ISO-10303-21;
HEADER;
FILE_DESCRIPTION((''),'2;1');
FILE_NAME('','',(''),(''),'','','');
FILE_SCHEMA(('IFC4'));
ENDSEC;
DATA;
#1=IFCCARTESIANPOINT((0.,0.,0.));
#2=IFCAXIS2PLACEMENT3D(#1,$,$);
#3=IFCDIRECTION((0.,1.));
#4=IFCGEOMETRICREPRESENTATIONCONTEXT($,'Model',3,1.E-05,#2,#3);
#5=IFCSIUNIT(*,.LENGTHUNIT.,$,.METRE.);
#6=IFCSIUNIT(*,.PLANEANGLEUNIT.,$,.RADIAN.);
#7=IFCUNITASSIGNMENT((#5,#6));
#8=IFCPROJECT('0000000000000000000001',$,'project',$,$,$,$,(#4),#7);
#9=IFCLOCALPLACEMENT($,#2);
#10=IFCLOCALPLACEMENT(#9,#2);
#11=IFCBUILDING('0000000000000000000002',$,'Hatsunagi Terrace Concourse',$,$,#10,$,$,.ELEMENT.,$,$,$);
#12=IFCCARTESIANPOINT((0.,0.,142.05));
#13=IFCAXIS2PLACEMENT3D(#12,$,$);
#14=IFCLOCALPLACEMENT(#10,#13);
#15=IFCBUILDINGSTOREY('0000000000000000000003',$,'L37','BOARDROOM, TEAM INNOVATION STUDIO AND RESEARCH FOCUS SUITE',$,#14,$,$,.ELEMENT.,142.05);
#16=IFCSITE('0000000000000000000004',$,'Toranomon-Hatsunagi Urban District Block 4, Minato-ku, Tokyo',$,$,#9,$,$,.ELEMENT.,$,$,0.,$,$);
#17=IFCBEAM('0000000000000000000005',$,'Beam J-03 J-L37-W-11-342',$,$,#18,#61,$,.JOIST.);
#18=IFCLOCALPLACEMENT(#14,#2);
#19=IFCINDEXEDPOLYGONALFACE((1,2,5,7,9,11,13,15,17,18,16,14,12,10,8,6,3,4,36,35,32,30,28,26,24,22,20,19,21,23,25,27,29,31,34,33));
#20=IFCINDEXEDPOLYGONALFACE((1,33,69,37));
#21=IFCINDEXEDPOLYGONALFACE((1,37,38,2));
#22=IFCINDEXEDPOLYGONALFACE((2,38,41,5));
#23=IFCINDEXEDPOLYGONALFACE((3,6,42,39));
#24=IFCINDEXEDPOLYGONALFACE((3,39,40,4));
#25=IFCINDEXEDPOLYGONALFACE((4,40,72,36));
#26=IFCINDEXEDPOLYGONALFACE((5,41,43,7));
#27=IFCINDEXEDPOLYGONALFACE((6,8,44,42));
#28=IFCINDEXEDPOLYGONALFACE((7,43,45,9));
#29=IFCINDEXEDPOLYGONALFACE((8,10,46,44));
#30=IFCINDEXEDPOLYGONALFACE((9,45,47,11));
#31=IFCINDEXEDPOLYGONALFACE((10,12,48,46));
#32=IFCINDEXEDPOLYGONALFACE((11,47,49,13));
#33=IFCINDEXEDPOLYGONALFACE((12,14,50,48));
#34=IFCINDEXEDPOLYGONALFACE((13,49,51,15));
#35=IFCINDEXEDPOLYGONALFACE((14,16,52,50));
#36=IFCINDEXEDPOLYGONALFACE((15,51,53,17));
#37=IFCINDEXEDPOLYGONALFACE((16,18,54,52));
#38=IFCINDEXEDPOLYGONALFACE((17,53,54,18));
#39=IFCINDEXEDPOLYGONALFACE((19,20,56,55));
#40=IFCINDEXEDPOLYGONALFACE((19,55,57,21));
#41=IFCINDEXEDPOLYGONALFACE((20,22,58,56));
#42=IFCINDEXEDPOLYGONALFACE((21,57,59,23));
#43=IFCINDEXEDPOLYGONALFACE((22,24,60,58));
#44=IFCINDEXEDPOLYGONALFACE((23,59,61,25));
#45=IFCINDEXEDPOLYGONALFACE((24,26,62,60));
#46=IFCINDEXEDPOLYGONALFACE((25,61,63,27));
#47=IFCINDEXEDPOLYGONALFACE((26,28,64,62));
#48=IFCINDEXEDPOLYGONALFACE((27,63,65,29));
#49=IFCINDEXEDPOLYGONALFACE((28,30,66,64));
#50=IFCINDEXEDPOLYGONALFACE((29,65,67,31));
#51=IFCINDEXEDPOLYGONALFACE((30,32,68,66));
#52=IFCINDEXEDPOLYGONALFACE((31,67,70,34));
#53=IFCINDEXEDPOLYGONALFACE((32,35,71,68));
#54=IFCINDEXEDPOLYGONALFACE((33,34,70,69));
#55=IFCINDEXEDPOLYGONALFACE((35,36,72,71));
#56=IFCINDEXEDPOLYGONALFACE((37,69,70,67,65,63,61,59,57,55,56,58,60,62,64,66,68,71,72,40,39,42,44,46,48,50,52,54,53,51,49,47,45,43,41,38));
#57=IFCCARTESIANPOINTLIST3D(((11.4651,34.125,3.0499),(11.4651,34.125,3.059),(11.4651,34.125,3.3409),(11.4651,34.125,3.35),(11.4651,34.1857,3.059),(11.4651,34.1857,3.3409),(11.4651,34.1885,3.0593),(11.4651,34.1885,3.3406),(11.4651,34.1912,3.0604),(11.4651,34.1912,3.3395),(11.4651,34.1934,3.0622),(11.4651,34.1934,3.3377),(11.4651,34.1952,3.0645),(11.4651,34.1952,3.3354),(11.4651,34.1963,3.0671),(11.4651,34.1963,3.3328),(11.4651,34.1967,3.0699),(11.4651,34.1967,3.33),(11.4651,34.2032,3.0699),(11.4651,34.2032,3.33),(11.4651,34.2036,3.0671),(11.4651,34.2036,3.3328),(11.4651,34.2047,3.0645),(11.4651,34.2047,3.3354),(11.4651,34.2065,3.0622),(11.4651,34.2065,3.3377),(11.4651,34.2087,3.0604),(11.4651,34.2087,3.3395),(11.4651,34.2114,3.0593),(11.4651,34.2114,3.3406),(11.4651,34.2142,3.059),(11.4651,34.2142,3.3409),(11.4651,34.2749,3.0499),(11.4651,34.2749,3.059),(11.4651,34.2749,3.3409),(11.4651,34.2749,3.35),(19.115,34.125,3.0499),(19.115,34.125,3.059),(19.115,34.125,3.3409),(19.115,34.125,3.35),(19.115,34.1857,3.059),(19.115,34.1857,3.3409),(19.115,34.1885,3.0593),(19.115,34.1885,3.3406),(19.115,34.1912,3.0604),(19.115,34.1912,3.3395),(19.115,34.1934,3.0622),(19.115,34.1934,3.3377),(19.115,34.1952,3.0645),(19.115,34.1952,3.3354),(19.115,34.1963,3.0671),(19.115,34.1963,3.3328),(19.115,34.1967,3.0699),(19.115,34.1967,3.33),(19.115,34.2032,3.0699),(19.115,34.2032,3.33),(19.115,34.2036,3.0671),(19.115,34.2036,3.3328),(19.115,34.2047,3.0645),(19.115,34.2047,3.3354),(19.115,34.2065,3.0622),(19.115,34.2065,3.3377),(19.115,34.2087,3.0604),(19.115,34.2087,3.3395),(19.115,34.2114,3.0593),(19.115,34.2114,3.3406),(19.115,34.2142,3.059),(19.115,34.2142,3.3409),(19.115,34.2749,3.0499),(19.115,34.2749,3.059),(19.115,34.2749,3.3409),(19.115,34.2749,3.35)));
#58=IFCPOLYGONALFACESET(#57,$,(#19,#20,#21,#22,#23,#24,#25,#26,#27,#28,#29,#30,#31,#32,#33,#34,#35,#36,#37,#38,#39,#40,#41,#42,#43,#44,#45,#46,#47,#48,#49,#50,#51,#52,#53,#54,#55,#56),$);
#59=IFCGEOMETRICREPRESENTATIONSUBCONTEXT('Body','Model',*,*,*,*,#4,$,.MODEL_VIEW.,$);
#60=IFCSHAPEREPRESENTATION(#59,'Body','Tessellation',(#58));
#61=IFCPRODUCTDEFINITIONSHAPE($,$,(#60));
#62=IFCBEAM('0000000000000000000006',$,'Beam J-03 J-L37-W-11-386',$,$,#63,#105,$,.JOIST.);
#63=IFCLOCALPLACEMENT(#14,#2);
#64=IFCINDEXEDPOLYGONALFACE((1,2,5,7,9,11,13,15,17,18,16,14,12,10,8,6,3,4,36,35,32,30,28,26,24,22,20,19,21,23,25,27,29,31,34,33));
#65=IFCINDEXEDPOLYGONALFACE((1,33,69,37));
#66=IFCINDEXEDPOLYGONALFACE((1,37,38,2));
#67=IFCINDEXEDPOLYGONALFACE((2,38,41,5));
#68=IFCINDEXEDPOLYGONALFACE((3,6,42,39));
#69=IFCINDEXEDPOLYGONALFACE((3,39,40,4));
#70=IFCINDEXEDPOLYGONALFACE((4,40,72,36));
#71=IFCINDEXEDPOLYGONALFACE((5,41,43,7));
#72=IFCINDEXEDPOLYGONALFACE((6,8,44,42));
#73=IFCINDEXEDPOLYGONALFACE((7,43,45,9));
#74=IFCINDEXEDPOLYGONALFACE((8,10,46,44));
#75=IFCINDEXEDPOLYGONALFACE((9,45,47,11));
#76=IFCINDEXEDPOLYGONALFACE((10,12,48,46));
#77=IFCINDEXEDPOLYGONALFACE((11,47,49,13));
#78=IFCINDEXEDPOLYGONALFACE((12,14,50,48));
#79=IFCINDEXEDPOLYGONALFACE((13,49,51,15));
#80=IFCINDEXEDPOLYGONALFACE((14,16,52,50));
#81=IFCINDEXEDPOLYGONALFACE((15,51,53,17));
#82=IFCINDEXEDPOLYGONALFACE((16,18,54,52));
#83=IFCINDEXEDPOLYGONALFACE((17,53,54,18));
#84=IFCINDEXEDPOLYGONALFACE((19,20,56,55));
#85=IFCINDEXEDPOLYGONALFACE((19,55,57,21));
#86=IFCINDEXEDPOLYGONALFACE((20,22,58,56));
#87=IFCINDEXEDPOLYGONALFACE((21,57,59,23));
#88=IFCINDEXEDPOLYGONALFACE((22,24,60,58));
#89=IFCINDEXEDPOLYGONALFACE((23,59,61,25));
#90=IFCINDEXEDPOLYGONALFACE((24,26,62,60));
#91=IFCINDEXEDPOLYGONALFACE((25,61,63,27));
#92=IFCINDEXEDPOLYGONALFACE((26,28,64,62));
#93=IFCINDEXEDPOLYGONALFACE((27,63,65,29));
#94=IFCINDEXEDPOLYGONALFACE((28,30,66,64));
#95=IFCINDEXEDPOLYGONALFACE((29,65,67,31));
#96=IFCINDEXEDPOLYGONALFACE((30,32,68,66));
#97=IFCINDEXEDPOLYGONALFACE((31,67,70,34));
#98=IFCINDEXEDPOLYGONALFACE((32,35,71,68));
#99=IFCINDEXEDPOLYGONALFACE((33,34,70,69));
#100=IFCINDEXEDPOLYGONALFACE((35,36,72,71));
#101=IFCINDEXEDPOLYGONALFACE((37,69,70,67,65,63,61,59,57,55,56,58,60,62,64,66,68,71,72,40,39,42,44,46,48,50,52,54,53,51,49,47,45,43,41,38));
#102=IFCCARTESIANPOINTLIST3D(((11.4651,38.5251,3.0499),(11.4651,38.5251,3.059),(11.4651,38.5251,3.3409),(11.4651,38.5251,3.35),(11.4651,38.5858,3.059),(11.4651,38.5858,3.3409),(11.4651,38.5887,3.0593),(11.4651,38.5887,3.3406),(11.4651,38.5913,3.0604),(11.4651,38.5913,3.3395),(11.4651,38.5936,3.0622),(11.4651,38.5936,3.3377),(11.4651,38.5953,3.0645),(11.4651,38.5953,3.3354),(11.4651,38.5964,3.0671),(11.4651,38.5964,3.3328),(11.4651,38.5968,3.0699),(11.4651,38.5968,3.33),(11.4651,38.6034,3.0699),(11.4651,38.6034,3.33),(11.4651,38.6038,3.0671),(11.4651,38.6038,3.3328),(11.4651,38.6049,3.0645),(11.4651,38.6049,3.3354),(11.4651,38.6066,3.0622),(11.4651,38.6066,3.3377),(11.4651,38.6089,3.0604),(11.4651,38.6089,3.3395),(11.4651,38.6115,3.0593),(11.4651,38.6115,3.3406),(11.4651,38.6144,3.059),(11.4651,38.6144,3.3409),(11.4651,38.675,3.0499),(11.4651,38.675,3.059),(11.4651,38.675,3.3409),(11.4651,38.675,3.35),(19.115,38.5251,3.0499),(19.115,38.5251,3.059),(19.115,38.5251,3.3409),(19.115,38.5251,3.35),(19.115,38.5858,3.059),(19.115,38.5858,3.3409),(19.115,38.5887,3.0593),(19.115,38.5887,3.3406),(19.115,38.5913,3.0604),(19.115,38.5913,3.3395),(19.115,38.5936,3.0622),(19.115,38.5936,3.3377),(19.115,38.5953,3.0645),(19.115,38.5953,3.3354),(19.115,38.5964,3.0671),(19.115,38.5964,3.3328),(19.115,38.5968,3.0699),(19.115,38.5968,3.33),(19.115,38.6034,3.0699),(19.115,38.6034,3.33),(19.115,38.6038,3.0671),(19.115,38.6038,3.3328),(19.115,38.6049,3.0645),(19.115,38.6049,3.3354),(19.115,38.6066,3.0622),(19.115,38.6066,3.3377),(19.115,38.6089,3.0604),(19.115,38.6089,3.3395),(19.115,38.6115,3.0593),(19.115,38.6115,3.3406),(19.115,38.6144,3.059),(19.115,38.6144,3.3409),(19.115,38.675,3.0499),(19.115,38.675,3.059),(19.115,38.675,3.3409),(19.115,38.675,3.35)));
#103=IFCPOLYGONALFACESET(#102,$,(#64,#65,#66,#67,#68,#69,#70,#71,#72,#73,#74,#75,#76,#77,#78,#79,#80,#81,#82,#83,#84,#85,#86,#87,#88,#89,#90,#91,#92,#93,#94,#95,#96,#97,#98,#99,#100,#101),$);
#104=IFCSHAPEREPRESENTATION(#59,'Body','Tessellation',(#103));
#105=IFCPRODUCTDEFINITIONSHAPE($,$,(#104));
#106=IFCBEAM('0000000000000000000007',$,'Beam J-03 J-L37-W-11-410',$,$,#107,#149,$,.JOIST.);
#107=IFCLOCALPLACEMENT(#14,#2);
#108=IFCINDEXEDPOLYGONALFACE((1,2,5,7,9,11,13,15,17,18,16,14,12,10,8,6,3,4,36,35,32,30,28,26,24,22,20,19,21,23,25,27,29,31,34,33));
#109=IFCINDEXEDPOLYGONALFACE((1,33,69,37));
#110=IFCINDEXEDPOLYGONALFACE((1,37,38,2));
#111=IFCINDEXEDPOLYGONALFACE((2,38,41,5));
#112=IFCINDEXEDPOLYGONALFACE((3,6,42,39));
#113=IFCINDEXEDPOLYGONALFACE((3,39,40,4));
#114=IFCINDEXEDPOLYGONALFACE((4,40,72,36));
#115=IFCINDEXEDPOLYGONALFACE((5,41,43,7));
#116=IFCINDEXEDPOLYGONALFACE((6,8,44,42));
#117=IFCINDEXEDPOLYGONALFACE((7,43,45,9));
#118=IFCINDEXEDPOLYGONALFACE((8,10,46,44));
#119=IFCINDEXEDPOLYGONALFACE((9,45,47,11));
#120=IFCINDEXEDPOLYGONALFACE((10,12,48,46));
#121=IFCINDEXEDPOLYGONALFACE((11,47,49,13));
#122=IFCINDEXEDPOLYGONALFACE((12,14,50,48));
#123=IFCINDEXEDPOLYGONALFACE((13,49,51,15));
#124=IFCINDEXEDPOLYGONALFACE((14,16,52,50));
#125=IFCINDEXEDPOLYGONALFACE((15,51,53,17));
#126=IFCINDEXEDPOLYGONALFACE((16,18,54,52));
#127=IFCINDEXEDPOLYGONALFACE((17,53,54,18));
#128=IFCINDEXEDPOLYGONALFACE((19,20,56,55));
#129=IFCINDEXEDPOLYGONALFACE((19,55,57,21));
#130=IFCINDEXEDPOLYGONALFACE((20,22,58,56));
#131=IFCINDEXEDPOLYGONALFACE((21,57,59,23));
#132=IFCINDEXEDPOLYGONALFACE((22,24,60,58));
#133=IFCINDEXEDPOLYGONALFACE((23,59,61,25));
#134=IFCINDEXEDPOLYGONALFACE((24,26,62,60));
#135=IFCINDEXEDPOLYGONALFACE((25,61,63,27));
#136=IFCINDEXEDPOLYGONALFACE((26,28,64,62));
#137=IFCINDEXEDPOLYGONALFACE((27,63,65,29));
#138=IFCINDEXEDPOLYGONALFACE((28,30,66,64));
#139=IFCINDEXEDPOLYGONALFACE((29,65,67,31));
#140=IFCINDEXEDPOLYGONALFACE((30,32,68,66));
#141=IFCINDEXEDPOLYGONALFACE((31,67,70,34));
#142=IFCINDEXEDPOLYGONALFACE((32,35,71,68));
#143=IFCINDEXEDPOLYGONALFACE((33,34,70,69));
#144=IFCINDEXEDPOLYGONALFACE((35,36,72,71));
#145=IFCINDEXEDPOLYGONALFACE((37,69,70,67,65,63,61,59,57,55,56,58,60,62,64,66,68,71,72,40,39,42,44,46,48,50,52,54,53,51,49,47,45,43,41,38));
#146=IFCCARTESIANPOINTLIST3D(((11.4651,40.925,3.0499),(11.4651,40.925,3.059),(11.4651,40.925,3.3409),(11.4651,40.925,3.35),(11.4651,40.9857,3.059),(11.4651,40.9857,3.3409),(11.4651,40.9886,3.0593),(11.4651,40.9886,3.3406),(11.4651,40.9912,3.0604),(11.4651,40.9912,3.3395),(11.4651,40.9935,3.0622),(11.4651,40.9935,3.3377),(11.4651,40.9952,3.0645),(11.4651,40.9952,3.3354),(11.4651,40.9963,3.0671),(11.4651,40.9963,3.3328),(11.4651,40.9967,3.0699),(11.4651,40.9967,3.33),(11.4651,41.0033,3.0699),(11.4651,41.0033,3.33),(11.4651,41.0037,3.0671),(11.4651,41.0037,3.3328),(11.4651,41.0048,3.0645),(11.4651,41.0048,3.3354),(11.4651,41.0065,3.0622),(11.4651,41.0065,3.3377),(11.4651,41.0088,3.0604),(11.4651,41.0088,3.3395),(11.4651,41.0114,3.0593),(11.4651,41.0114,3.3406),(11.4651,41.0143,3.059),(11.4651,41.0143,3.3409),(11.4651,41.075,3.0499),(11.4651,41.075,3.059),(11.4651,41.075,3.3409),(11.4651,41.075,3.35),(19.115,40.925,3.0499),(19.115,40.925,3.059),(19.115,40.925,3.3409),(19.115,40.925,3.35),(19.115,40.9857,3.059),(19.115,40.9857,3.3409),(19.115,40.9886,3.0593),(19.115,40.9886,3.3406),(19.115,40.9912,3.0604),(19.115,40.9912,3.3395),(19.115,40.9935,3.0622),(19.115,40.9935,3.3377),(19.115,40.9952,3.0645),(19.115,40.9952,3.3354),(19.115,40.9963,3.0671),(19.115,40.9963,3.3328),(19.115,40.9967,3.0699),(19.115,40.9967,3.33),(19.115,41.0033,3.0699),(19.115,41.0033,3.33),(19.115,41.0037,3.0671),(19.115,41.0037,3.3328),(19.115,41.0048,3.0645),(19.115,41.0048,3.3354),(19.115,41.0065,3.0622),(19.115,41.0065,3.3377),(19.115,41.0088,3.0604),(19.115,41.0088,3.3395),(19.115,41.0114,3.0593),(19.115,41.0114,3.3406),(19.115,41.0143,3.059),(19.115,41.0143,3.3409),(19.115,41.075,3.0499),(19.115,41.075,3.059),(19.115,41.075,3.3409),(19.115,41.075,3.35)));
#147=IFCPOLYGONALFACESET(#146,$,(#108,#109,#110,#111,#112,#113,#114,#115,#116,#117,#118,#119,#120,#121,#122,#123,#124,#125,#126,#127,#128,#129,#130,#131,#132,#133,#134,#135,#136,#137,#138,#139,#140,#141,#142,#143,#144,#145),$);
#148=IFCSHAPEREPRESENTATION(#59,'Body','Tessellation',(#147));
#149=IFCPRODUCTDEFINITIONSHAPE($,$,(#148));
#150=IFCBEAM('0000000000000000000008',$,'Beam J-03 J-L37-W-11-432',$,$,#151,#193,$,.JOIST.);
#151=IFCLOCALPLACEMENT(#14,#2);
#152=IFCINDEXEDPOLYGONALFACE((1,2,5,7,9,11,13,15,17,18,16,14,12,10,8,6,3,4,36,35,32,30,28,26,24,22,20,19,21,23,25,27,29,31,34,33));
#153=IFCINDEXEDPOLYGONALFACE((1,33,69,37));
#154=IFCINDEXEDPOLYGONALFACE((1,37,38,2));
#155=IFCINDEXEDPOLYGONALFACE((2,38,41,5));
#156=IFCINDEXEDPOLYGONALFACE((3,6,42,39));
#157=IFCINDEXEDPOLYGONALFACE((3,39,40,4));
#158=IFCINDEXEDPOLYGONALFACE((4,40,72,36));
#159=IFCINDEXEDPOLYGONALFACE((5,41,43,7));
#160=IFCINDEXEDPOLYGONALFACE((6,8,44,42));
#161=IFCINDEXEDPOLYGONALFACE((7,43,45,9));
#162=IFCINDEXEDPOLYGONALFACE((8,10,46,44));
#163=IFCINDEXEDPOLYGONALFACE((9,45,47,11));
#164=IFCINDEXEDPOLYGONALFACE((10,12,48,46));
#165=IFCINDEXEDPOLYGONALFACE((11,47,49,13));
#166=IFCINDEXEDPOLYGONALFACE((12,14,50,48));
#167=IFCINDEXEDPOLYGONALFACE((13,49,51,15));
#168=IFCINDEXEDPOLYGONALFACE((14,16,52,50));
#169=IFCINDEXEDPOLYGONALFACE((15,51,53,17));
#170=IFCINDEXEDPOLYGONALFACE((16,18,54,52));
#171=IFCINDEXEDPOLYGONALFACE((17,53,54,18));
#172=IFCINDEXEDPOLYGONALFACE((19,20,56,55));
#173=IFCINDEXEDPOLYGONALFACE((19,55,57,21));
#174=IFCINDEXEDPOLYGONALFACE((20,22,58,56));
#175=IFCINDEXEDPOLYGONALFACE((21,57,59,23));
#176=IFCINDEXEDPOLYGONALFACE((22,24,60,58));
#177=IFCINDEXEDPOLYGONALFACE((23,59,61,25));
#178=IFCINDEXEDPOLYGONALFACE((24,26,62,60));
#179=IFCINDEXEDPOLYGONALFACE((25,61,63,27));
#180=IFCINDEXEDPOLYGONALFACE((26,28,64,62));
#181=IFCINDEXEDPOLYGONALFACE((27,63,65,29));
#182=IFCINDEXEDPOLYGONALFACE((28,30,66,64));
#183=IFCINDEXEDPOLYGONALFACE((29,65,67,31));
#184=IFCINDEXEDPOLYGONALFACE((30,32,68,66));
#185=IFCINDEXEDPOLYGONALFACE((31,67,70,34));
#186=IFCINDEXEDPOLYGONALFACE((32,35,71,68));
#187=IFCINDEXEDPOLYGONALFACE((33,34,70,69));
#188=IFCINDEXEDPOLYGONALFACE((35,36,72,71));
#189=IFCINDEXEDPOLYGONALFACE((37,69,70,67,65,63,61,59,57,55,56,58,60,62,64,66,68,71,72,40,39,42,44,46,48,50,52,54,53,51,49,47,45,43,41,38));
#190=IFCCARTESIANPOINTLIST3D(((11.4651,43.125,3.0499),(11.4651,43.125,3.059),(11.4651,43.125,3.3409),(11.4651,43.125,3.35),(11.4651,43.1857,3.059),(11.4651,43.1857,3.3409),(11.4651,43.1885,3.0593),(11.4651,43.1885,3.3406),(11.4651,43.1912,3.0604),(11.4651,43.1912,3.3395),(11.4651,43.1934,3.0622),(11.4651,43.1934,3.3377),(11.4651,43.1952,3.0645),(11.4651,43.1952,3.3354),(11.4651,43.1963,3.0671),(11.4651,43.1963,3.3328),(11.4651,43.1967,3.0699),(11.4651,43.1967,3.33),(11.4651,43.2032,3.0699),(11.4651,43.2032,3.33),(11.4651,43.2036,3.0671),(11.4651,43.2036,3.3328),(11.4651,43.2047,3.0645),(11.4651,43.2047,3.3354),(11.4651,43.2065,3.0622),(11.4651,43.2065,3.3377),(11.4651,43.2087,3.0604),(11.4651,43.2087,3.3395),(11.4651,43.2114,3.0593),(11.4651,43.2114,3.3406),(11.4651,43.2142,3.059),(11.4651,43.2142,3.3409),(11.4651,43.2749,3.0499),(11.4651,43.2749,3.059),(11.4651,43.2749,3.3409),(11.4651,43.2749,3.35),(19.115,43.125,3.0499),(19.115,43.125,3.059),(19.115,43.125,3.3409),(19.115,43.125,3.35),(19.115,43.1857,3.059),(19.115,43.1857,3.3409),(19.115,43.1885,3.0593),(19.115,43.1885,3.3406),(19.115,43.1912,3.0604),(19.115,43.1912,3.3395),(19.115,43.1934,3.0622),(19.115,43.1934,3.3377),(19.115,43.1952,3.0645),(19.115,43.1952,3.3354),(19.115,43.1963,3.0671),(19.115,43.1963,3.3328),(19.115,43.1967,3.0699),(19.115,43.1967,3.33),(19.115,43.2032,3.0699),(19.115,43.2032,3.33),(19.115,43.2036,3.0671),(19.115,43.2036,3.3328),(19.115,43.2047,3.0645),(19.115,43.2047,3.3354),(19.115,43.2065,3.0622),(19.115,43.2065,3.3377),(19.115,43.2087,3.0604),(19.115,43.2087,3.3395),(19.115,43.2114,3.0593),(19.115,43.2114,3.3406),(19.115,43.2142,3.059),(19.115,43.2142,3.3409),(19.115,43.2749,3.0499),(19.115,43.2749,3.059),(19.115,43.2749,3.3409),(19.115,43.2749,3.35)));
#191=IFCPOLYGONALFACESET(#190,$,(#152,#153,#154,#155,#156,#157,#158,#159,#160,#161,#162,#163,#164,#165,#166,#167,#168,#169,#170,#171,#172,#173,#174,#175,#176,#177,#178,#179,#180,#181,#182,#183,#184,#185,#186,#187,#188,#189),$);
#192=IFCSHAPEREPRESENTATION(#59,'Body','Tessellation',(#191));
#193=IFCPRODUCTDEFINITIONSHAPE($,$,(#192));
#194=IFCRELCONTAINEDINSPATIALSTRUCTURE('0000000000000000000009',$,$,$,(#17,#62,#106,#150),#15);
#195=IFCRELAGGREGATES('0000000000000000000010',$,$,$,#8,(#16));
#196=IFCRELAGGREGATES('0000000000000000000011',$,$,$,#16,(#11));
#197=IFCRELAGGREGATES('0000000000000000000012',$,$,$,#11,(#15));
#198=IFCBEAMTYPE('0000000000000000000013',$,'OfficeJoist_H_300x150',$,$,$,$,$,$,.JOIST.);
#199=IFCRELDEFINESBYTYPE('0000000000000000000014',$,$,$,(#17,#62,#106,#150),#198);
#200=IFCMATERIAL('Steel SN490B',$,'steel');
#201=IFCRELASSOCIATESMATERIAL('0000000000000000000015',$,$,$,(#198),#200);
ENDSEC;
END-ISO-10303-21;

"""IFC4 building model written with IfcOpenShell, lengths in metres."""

from ifc_helpers import new_model, si_unit, direction, frame, origin, origin_2d, place, context, subcontext, project, spatial, i_section, extrude, material, material_profile, profile_set, type_object, element, save


model = new_model("IFC4")

# Units and contexts
model_context = context("Model", 3, precision=1e-05, world=origin(), true_north=direction((0.0, 1.0)))
body_context = subcontext(model_context, "Body", "Model", "MODEL_VIEW")
ifc_project = project(units=[si_unit("LENGTHUNIT", "METRE"), si_unit("PLANEANGLEUNIT", "RADIAN")], contexts=[model_context])

# Site, building, storey
site_placement = place(None, origin())
site = spatial("IfcSite", under=ifc_project, at=site_placement, Name="Toranomon-Hatsunagi Urban District Block 4, Minato-ku, Tokyo", CompositionType="ELEMENT", RefElevation=0.0)
building_placement = place(site_placement, origin())
building = spatial("IfcBuilding", under=site, at=building_placement, Name="Hatsunagi Terrace Concourse", CompositionType="ELEMENT")
storey_placement = place(building_placement, frame((0.0, 0.0, 142.05)))
storey = spatial("IfcBuildingStorey", under=building, at=storey_placement, Name="L37", Description="BOARDROOM, TEAM INNOVATION STUDIO AND RESEARCH FOCUS SUITE", CompositionType="ELEMENT", Elevation=142.05)

# Beams
ifc_material_1 = material(Name="Steel SN490B", Category="steel")
ifc_material_profile_1 = material_profile(ifc_material_1, i_section(OverallWidth=0.1499, OverallDepth=0.3, WebThickness=0.0066, FlangeThickness=0.009, FilletRadius=0.011, at=origin_2d()), Name="H-300x150x6.5x9")
ifc_profile_set_1 = profile_set([ifc_material_profile_1], Name="Steel SN490B")
beam_type_1 = type_object("IfcBeamType", Name="OfficeJoist_H_300x150", PredefinedType="JOIST", material=ifc_profile_set_1)
for number, where, z_axis, x_axis, name in (
    (1, (11.4651, 34.2, 3.2), (1.0, 0.0, 0.0), (0.0, 1.0, 0.0), "Beam J-03 J-L37-W-11-342"),
    (2, (11.4651, 38.6001, 3.2), (1.0, 0.0, 0.0), (0.0, 1.0, 0.0), "Beam J-03 J-L37-W-11-386"),
    (3, (11.4651, 41.0, 3.2), (1.0, 0.0, 0.0), (0.0, 1.0, 0.0), "Beam J-03 J-L37-W-11-410"),
    (4, (11.4651, 43.2, 3.2), (1.0, 0.0, 0.0), (0.0, 1.0, 0.0), "Beam J-03 J-L37-W-11-432"),
):
    element("IfcBeam", number, at=place(storey_placement, frame(where, z_axis=z_axis, x_axis=x_axis)), inside=storey, type_object=beam_type_1, Name=name, PredefinedType="JOIST", context=body_context, shape_type="SweptSolid", body=[
        extrude(i_section(OverallWidth=0.1499, OverallDepth=0.3, WebThickness=0.0066, FlangeThickness=0.009, FilletRadius=0.011, at=origin_2d()), origin(), (0.0, 0.0, 1.0), 7.6499),
    ])

save(model, "model.ifc")
